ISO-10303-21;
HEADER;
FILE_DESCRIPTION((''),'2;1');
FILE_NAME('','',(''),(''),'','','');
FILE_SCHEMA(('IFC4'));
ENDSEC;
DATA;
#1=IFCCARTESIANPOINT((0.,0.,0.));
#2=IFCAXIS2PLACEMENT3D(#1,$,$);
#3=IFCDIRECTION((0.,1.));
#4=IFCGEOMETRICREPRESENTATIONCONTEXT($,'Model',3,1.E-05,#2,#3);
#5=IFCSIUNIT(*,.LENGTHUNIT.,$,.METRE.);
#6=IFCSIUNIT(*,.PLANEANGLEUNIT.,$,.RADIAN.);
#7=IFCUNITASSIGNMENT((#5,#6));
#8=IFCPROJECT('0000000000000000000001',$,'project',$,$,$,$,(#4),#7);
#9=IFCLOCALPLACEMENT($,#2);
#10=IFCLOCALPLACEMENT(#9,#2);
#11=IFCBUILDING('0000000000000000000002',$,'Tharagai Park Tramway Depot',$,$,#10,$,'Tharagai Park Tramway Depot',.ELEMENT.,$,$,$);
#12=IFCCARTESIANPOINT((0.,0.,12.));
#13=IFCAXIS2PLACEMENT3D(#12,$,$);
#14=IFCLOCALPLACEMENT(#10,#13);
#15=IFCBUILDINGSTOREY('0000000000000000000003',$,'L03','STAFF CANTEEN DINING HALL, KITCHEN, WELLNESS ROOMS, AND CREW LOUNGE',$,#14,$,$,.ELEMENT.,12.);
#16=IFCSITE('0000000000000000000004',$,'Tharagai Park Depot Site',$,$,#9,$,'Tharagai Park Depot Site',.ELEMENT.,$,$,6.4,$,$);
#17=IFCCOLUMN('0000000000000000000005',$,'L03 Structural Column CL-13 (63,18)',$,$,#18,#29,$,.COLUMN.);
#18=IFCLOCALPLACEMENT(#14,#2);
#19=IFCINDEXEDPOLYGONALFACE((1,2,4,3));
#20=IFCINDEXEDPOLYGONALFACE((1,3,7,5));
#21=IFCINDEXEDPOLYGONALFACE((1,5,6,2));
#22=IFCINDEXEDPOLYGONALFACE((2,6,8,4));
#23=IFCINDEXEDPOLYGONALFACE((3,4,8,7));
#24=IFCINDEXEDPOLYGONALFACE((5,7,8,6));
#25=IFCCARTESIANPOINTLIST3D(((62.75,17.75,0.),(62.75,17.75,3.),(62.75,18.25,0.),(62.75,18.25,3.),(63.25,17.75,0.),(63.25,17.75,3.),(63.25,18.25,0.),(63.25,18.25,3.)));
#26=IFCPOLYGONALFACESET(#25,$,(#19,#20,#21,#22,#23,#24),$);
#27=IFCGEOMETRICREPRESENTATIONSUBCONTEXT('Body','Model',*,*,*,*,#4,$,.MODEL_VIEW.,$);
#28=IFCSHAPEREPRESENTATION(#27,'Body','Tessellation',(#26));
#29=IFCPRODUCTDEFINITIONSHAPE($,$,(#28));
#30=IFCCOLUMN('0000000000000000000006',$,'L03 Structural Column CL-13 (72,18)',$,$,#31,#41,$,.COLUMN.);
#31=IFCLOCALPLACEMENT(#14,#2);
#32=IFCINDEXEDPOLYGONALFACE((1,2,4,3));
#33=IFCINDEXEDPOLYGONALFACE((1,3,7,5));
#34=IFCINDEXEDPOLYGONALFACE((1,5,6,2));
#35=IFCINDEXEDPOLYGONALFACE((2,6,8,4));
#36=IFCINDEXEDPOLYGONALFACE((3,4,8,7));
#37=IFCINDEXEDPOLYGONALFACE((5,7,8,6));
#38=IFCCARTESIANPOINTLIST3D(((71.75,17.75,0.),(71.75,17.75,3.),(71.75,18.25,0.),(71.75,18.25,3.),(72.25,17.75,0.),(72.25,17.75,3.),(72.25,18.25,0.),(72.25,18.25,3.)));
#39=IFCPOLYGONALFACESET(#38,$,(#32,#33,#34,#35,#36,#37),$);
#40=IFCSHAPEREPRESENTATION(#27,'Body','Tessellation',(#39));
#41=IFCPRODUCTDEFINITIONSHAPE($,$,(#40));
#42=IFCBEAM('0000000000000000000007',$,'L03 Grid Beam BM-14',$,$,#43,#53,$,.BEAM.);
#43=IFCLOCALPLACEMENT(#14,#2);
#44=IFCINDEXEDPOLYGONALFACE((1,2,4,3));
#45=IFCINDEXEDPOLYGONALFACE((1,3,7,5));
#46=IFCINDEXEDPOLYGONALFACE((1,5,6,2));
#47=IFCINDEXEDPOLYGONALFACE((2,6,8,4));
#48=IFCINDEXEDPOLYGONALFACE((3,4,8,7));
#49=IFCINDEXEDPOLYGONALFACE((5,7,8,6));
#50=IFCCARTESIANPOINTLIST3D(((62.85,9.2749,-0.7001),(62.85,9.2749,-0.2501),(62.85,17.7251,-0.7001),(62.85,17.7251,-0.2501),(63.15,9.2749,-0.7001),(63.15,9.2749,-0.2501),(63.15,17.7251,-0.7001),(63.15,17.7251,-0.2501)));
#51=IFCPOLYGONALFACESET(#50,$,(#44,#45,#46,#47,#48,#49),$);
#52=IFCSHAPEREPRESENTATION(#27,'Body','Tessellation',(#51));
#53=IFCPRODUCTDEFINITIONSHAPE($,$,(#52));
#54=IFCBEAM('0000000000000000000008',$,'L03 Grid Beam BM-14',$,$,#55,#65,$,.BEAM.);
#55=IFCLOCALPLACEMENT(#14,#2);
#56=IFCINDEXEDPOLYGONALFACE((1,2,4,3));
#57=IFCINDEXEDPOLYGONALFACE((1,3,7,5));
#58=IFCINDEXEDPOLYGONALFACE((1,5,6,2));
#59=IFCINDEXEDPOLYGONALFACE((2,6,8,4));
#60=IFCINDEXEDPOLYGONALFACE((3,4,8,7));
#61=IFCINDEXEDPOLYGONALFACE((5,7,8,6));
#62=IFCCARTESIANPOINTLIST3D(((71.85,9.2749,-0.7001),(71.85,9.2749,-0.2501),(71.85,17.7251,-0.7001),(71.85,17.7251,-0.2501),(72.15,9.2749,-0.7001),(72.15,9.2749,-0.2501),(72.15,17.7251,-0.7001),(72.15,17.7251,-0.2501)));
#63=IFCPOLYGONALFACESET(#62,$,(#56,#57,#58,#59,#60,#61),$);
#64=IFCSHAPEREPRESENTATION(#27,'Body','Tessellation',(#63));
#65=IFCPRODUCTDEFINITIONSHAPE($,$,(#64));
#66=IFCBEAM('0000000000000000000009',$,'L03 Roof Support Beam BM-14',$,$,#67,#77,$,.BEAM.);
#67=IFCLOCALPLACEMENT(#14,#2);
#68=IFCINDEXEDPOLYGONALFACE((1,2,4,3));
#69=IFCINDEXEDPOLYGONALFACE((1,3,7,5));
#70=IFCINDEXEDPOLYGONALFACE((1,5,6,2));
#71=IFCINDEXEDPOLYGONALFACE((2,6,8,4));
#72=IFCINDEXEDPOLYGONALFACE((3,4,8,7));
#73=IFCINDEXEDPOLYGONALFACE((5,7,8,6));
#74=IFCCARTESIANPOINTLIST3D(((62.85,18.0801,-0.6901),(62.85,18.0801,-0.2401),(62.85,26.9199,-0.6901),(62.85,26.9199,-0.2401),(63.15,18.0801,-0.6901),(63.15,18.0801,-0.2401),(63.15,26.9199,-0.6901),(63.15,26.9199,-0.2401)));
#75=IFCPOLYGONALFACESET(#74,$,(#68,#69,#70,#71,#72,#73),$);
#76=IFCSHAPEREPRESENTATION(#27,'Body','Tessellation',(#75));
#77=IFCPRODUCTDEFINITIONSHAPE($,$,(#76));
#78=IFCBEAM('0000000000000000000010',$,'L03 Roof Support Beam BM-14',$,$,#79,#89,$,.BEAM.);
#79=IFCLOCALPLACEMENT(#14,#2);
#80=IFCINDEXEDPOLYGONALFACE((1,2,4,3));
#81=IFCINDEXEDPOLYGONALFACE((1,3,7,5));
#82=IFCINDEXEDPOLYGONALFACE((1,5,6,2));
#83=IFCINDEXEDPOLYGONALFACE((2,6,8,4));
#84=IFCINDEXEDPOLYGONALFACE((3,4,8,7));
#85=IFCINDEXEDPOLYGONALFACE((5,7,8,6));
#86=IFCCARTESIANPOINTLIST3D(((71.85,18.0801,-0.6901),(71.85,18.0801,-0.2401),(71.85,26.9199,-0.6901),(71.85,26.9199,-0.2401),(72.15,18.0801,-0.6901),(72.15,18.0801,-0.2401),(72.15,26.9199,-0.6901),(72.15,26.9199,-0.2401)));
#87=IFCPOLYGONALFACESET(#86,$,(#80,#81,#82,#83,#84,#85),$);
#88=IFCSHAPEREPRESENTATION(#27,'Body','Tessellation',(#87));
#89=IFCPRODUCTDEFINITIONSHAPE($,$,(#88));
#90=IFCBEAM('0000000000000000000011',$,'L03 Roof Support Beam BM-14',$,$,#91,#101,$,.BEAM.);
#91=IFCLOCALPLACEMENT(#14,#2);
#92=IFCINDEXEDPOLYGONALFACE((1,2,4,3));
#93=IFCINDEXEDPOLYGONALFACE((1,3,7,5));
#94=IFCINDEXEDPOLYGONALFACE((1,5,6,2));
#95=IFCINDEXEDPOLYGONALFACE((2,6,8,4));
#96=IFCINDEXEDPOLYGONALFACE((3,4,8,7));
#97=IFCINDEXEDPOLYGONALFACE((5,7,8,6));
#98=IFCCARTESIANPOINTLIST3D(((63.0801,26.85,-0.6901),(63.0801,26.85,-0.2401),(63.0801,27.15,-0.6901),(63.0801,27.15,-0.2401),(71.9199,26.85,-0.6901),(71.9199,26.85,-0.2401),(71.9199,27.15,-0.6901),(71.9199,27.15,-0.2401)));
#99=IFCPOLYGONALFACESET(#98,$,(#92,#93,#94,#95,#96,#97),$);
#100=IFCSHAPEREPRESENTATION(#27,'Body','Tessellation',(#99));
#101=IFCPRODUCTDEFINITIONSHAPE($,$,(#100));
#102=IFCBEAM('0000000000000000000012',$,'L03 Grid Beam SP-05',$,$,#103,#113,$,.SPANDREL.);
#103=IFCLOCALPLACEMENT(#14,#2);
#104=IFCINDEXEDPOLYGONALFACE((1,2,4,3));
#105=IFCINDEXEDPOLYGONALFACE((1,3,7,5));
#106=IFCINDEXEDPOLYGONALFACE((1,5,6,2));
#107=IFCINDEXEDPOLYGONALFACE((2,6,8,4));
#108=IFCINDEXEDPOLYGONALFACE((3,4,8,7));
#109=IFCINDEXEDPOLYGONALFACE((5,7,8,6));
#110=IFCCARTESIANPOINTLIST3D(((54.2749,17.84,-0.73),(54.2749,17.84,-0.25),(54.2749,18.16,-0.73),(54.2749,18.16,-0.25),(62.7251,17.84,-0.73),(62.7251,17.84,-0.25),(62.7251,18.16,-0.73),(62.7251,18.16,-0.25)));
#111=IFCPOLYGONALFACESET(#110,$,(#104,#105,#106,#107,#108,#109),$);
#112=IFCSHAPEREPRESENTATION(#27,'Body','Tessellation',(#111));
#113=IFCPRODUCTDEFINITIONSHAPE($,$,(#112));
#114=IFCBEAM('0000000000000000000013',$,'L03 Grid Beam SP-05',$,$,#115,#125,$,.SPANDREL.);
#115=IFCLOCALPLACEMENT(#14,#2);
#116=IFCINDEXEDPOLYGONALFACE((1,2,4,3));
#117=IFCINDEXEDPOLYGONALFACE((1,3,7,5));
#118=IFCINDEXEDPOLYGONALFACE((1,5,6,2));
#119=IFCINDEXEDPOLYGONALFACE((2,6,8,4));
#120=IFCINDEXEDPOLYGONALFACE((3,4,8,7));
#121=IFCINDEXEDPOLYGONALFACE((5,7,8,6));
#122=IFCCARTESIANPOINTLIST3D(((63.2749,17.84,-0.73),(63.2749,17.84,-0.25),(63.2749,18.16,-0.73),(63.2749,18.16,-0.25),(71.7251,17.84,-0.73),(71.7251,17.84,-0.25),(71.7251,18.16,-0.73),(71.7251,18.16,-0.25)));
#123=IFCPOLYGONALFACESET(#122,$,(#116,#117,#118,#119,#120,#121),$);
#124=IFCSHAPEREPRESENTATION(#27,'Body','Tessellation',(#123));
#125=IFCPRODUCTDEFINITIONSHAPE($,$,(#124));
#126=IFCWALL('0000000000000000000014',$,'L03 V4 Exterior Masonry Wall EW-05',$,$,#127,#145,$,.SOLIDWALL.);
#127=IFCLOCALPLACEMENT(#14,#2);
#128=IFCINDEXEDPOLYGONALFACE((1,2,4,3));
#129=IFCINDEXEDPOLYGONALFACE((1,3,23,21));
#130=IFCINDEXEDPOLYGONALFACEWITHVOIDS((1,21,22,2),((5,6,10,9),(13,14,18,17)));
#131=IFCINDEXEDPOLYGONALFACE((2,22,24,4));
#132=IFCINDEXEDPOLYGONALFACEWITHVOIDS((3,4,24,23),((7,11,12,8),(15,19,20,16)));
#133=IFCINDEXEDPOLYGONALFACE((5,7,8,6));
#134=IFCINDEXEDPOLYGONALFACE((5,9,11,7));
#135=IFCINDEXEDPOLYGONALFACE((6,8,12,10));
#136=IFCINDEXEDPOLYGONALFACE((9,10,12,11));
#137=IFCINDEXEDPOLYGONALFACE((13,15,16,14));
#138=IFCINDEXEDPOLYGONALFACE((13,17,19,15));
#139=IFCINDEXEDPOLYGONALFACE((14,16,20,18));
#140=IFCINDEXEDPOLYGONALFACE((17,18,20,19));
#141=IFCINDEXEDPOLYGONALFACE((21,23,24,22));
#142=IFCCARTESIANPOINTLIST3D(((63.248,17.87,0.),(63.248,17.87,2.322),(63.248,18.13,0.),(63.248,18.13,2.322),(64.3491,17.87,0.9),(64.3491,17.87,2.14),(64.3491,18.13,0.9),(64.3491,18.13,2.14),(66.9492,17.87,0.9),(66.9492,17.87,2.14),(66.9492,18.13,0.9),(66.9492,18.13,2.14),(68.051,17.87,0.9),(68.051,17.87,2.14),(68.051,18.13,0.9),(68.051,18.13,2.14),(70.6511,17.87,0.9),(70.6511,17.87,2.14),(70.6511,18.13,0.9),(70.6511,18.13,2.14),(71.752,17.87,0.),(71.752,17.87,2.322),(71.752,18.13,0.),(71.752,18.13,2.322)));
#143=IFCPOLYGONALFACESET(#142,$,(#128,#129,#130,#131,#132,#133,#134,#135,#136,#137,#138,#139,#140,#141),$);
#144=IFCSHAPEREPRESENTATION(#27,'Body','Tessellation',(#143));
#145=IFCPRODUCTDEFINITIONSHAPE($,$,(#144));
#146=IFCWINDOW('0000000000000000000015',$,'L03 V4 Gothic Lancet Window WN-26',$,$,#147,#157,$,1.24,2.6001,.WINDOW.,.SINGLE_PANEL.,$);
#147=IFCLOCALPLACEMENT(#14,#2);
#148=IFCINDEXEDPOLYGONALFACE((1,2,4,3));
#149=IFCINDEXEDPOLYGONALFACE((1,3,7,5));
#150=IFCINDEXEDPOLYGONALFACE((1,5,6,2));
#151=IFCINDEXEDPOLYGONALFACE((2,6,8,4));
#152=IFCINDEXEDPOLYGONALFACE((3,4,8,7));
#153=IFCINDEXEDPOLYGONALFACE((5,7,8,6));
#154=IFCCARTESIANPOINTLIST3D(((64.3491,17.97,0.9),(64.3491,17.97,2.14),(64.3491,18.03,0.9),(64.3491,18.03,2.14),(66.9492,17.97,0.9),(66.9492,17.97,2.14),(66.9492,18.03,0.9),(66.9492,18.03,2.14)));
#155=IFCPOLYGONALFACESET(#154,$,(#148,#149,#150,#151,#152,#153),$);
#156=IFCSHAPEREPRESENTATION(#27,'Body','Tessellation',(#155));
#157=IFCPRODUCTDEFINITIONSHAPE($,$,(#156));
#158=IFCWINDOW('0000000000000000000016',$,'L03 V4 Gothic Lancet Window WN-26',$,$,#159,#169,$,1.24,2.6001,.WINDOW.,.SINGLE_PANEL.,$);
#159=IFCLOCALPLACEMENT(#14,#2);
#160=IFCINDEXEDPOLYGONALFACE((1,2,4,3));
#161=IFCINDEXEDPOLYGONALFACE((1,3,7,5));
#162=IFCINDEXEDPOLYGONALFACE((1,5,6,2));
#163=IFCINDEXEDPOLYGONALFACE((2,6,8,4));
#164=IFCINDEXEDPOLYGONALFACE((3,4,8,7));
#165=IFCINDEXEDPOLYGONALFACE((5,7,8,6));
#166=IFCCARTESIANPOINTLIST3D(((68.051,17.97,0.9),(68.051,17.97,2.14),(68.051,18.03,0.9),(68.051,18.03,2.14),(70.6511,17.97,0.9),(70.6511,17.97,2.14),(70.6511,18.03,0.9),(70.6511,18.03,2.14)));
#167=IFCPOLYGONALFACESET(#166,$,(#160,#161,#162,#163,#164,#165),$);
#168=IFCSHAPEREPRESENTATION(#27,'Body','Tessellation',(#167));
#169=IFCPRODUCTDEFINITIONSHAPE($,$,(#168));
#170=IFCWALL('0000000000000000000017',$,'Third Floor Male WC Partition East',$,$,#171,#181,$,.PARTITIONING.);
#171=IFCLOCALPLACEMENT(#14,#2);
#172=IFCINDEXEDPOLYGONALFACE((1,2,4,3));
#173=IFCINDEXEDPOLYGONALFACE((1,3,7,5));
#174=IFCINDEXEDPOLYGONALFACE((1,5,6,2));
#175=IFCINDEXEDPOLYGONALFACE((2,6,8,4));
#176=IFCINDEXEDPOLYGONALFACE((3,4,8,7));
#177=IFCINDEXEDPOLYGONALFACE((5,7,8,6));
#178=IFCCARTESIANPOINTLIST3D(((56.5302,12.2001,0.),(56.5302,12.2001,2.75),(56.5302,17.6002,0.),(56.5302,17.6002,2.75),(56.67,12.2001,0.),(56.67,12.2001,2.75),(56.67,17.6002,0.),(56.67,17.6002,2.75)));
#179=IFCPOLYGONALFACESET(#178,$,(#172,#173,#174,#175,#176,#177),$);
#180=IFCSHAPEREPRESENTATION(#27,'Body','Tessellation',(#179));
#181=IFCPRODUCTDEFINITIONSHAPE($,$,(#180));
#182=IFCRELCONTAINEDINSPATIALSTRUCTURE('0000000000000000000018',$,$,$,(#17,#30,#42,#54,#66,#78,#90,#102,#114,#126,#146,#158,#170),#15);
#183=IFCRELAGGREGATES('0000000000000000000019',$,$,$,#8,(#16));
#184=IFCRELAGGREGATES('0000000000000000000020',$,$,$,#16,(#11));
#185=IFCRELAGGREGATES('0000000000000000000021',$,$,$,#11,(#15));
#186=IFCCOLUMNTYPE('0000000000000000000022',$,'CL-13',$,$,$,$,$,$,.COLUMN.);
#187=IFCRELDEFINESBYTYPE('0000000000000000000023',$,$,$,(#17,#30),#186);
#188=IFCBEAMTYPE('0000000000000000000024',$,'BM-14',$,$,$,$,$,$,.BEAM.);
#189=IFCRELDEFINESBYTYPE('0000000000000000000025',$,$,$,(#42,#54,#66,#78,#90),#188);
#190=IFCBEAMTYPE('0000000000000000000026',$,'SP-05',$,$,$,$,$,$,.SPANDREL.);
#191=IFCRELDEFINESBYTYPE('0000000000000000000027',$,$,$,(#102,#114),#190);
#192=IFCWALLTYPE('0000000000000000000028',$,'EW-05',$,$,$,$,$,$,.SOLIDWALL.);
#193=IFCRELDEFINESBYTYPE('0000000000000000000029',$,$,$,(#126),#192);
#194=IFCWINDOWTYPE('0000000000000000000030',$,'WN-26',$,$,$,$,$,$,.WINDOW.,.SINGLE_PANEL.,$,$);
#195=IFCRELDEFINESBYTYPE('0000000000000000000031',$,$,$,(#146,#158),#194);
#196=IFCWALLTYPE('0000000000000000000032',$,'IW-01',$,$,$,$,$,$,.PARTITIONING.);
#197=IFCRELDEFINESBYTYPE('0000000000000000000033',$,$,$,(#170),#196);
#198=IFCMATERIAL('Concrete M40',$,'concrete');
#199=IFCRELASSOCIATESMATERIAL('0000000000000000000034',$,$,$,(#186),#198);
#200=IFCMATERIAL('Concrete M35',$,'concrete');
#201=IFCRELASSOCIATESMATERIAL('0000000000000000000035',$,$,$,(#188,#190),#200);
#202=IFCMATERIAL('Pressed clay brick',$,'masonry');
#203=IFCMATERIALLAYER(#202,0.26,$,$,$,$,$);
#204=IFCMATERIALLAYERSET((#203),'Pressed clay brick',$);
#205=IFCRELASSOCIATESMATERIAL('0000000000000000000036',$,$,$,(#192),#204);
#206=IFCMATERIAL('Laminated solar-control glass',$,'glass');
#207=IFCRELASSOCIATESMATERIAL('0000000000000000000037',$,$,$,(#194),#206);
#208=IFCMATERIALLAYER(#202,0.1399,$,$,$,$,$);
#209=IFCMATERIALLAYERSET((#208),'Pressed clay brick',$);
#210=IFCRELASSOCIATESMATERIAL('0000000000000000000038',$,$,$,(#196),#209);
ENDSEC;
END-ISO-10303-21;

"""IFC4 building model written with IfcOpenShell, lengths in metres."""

from ifc_helpers import new_model, si_unit, direction, frame, frame_2d, origin, origin_2d, place, context, subcontext, project, spatial, rectangle, extrude, material, layer, layer_set, material_profile, profile_set, type_object, element, fill, save


model = new_model("IFC4")

# Units and contexts
model_context = context("Model", 3, precision=1e-05, world=origin(), true_north=direction((0.0, 1.0)))
body_context = subcontext(model_context, "Body", "Model", "MODEL_VIEW")
ifc_project = project(units=[si_unit("LENGTHUNIT", "METRE"), si_unit("PLANEANGLEUNIT", "RADIAN")], contexts=[model_context])

# Site, building, storey
site_placement = place(None, origin())
site = spatial("IfcSite", under=ifc_project, at=site_placement, Name="Tharagai Park Depot Site", LongName="Tharagai Park Depot Site", CompositionType="ELEMENT", RefElevation=6.4)
building_placement = place(site_placement, origin())
building = spatial("IfcBuilding", under=site, at=building_placement, Name="Tharagai Park Tramway Depot", LongName="Tharagai Park Tramway Depot", CompositionType="ELEMENT")
storey_placement = place(building_placement, frame((0.0, 0.0, 12.0)))
storey = spatial("IfcBuildingStorey", under=building, at=storey_placement, Name="L03", Description="STAFF CANTEEN DINING HALL, KITCHEN, WELLNESS ROOMS, AND CREW LOUNGE", CompositionType="ELEMENT", Elevation=12.0)

# Columns
ifc_material_1 = material(Name="Concrete M40", Category="concrete")
ifc_material_profile_1 = material_profile(ifc_material_1, rectangle(XDim=0.5, YDim=0.5, at=origin_2d()), Name="RC 500x500")
ifc_profile_set_1 = profile_set([ifc_material_profile_1], Name="Concrete M40")
column_type = type_object("IfcColumnType", Name="CL-13", PredefinedType="COLUMN", material=ifc_profile_set_1)
for number, where, z_axis, x_axis, name in (
    (1, (63.0, 18.0, 0.0), (0.0, 0.0, 1.0), (1.0, 0.0, 0.0), "L03 Structural Column CL-13 (63,18)"),
    (2, (72.0, 18.0, 0.0), (0.0, 0.0, 1.0), (1.0, 0.0, 0.0), "L03 Structural Column CL-13 (72,18)"),
):
    element("IfcColumn", number, at=place(storey_placement, frame(where, z_axis=z_axis, x_axis=x_axis)), inside=storey, type_object=column_type, Name=name, PredefinedType="COLUMN", context=body_context, shape_type="SweptSolid", body=[
        extrude(rectangle(XDim=0.5, YDim=0.5, at=origin_2d()), origin(), (0.0, 0.0, 1.0), 3.0),
    ])

# Beams
ifc_material_2 = material(Name="Concrete M35", Category="concrete")
ifc_material_profile_2 = material_profile(ifc_material_2, rectangle(XDim=0.3, YDim=0.45, at=origin_2d()), Name="RC 300x450")
ifc_profile_set_2 = profile_set([ifc_material_profile_2], Name="Concrete M35")
beam_type_1 = type_object("IfcBeamType", Name="BM-14", PredefinedType="BEAM", material=ifc_profile_set_2)
for number, where, z_axis, x_axis, name in (
    (3, (63.0, 9.2749, -0.4751), (0.0, 1.0, 0.0), (-1.0, 0.0, 0.0), "L03 Grid Beam BM-14"),
    (4, (72.0, 9.2749, -0.4751), (0.0, 1.0, 0.0), (-1.0, 0.0, 0.0), "L03 Grid Beam BM-14"),
):
    element("IfcBeam", number, at=place(storey_placement, frame(where, z_axis=z_axis, x_axis=x_axis)), inside=storey, type_object=beam_type_1, Name=name, PredefinedType="BEAM", context=body_context, shape_type="SweptSolid", body=[
        extrude(rectangle(XDim=0.3, YDim=0.45, at=origin_2d()), origin(), (0.0, 0.0, 1.0), 8.4502),
    ])
for number, where, z_axis, x_axis, name in (
    (5, (63.0, 18.0801, -0.4651), (0.0, 1.0, 0.0), (-1.0, 0.0, 0.0), "L03 Roof Support Beam BM-14"),
    (6, (72.0, 18.0801, -0.4651), (0.0, 1.0, 0.0), (-1.0, 0.0, 0.0), "L03 Roof Support Beam BM-14"),
    (7, (63.0801, 27.0, -0.4651), (1.0, 0.0, 0.0), (0.0, 1.0, 0.0), "L03 Roof Support Beam BM-14"),
):
    element("IfcBeam", number, at=place(storey_placement, frame(where, z_axis=z_axis, x_axis=x_axis)), inside=storey, type_object=beam_type_1, Name=name, PredefinedType="BEAM", context=body_context, shape_type="SweptSolid", body=[
        extrude(rectangle(XDim=0.3, YDim=0.45, at=origin_2d()), origin(), (0.0, 0.0, 1.0), 8.8398),
    ])
ifc_material_profile_3 = material_profile(ifc_material_2, rectangle(XDim=0.3201, YDim=0.48, at=origin_2d()), Name="RC 320x480")
ifc_profile_set_3 = profile_set([ifc_material_profile_3], Name="Concrete M35")
beam_type_2 = type_object("IfcBeamType", Name="SP-05", PredefinedType="SPANDREL", material=ifc_profile_set_3)
for number, where, z_axis, x_axis, name in (
    (8, (54.2749, 18.0, -0.49), (1.0, 0.0, 0.0), (0.0, 1.0, 0.0), "L03 Grid Beam SP-05"),
    (9, (63.2749, 18.0, -0.49), (1.0, 0.0, 0.0), (0.0, 1.0, 0.0), "L03 Grid Beam SP-05"),
):
    element("IfcBeam", number, at=place(storey_placement, frame(where, z_axis=z_axis, x_axis=x_axis)), inside=storey, type_object=beam_type_2, Name=name, PredefinedType="SPANDREL", context=body_context, shape_type="SweptSolid", body=[
        extrude(rectangle(XDim=0.3201, YDim=0.48, at=origin_2d()), origin(), (0.0, 0.0, 1.0), 8.4502),
    ])

# Wall, openings, windows
ifc_material_3 = material(Name="Pressed clay brick", Category="masonry")
ifc_layer_1 = layer(ifc_material_3, 0.26)
ifc_layer_set_1 = layer_set([ifc_layer_1], Name="Pressed clay brick")
wall_type_1 = type_object("IfcWallType", Name="EW-05", PredefinedType="SOLIDWALL", material=ifc_layer_set_1)
wall_1_placement = place(storey_placement, frame((63.248, 18.0, 0.0), z_axis=(0.0, 0.0, 1.0), x_axis=(1.0, 0.0, 0.0)))
wall_1 = element("IfcWall", 10, at=wall_1_placement, inside=storey, type_object=wall_type_1, Name="L03 V4 Exterior Masonry Wall EW-05", PredefinedType="SOLIDWALL", context=body_context, shape_type="SweptSolid", body=[
    extrude(rectangle(XDim=8.5039, YDim=0.26, at=frame_2d((4.252, 0.0))), origin(), (0.0, 0.0, 1.0), 2.322),
])
opening_1_placement = place(wall_1_placement, frame((1.1011, 0.0, 0.8999)))
opening_1 = element("IfcOpeningElement", 11, at=opening_1_placement, cuts=wall_1, PredefinedType="OPENING", context=body_context, shape_type="SweptSolid", body=[
    extrude(rectangle(XDim=2.6001, YDim=1.24, at=frame_2d((1.3, 0.6201))), frame((0.0, 0.1399, 0.0), z_axis=(0.0, -1.0, 0.0), x_axis=(1.0, 0.0, 0.0)), (0.0, 0.0, 1.0), 0.28),
])
opening_2_placement = place(wall_1_placement, frame((4.803, 0.0, 0.8999)))
opening_2 = element("IfcOpeningElement", 12, at=opening_2_placement, cuts=wall_1, PredefinedType="OPENING", context=body_context, shape_type="SweptSolid", body=[
    extrude(rectangle(XDim=2.6001, YDim=1.24, at=frame_2d((1.3, 0.6201))), frame((0.0, 0.1399, 0.0), z_axis=(0.0, -1.0, 0.0), x_axis=(1.0, 0.0, 0.0)), (0.0, 0.0, 1.0), 0.28),
])
ifc_material_4 = material(Name="Laminated solar-control glass", Category="glass")
window_type = type_object("IfcWindowType", Name="WN-26", PartitioningType="SINGLE_PANEL", PredefinedType="WINDOW", material=ifc_material_4)
window_1_placement = place(opening_1_placement, origin())
window_1 = element("IfcWindow", 13, at=window_1_placement, inside=storey, type_object=window_type, Name="L03 V4 Gothic Lancet Window WN-26", OverallHeight=1.24, OverallWidth=2.6001, PartitioningType="SINGLE_PANEL", PredefinedType="WINDOW", context=body_context, shape_type="SweptSolid", body=[
    extrude(rectangle(XDim=2.6001, YDim=1.24, at=frame_2d((1.3, 0.6201))), frame((0.0, 0.03, 0.0), z_axis=(0.0, -1.0, 0.0), x_axis=(1.0, 0.0, 0.0)), (0.0, 0.0, 1.0), 0.0601),
])
fill(opening_1, window_1)
window_2_placement = place(opening_2_placement, origin())
window_2 = element("IfcWindow", 14, at=window_2_placement, inside=storey, type_object=window_type, Name="L03 V4 Gothic Lancet Window WN-26", OverallHeight=1.24, OverallWidth=2.6001, PartitioningType="SINGLE_PANEL", PredefinedType="WINDOW", context=body_context, shape_type="SweptSolid", body=[
    extrude(rectangle(XDim=2.6001, YDim=1.24, at=frame_2d((1.3, 0.6201))), frame((0.0, 0.03, 0.0), z_axis=(0.0, -1.0, 0.0), x_axis=(1.0, 0.0, 0.0)), (0.0, 0.0, 1.0), 0.0601),
])
fill(opening_2, window_2)

# Wall
ifc_layer_2 = layer(ifc_material_3, 0.1399)
ifc_layer_set_2 = layer_set([ifc_layer_2], Name="Pressed clay brick")
wall_type_2 = type_object("IfcWallType", Name="IW-01", PredefinedType="PARTITIONING", material=ifc_layer_set_2)
wall_2_placement = place(storey_placement, frame((56.6001, 12.2, 0.0), z_axis=(0.0, 0.0, 1.0), x_axis=(0.0, 1.0, 0.0)))
element("IfcWall", 15, at=wall_2_placement, inside=storey, type_object=wall_type_2, Name="Third Floor Male WC Partition East", PredefinedType="PARTITIONING", context=body_context, shape_type="SweptSolid", body=[
    extrude(rectangle(XDim=5.4001, YDim=0.1399, at=frame_2d((2.7002, 0.0))), origin(), (0.0, 0.0, 1.0), 2.75),
])

save(model, "model.ifc")
